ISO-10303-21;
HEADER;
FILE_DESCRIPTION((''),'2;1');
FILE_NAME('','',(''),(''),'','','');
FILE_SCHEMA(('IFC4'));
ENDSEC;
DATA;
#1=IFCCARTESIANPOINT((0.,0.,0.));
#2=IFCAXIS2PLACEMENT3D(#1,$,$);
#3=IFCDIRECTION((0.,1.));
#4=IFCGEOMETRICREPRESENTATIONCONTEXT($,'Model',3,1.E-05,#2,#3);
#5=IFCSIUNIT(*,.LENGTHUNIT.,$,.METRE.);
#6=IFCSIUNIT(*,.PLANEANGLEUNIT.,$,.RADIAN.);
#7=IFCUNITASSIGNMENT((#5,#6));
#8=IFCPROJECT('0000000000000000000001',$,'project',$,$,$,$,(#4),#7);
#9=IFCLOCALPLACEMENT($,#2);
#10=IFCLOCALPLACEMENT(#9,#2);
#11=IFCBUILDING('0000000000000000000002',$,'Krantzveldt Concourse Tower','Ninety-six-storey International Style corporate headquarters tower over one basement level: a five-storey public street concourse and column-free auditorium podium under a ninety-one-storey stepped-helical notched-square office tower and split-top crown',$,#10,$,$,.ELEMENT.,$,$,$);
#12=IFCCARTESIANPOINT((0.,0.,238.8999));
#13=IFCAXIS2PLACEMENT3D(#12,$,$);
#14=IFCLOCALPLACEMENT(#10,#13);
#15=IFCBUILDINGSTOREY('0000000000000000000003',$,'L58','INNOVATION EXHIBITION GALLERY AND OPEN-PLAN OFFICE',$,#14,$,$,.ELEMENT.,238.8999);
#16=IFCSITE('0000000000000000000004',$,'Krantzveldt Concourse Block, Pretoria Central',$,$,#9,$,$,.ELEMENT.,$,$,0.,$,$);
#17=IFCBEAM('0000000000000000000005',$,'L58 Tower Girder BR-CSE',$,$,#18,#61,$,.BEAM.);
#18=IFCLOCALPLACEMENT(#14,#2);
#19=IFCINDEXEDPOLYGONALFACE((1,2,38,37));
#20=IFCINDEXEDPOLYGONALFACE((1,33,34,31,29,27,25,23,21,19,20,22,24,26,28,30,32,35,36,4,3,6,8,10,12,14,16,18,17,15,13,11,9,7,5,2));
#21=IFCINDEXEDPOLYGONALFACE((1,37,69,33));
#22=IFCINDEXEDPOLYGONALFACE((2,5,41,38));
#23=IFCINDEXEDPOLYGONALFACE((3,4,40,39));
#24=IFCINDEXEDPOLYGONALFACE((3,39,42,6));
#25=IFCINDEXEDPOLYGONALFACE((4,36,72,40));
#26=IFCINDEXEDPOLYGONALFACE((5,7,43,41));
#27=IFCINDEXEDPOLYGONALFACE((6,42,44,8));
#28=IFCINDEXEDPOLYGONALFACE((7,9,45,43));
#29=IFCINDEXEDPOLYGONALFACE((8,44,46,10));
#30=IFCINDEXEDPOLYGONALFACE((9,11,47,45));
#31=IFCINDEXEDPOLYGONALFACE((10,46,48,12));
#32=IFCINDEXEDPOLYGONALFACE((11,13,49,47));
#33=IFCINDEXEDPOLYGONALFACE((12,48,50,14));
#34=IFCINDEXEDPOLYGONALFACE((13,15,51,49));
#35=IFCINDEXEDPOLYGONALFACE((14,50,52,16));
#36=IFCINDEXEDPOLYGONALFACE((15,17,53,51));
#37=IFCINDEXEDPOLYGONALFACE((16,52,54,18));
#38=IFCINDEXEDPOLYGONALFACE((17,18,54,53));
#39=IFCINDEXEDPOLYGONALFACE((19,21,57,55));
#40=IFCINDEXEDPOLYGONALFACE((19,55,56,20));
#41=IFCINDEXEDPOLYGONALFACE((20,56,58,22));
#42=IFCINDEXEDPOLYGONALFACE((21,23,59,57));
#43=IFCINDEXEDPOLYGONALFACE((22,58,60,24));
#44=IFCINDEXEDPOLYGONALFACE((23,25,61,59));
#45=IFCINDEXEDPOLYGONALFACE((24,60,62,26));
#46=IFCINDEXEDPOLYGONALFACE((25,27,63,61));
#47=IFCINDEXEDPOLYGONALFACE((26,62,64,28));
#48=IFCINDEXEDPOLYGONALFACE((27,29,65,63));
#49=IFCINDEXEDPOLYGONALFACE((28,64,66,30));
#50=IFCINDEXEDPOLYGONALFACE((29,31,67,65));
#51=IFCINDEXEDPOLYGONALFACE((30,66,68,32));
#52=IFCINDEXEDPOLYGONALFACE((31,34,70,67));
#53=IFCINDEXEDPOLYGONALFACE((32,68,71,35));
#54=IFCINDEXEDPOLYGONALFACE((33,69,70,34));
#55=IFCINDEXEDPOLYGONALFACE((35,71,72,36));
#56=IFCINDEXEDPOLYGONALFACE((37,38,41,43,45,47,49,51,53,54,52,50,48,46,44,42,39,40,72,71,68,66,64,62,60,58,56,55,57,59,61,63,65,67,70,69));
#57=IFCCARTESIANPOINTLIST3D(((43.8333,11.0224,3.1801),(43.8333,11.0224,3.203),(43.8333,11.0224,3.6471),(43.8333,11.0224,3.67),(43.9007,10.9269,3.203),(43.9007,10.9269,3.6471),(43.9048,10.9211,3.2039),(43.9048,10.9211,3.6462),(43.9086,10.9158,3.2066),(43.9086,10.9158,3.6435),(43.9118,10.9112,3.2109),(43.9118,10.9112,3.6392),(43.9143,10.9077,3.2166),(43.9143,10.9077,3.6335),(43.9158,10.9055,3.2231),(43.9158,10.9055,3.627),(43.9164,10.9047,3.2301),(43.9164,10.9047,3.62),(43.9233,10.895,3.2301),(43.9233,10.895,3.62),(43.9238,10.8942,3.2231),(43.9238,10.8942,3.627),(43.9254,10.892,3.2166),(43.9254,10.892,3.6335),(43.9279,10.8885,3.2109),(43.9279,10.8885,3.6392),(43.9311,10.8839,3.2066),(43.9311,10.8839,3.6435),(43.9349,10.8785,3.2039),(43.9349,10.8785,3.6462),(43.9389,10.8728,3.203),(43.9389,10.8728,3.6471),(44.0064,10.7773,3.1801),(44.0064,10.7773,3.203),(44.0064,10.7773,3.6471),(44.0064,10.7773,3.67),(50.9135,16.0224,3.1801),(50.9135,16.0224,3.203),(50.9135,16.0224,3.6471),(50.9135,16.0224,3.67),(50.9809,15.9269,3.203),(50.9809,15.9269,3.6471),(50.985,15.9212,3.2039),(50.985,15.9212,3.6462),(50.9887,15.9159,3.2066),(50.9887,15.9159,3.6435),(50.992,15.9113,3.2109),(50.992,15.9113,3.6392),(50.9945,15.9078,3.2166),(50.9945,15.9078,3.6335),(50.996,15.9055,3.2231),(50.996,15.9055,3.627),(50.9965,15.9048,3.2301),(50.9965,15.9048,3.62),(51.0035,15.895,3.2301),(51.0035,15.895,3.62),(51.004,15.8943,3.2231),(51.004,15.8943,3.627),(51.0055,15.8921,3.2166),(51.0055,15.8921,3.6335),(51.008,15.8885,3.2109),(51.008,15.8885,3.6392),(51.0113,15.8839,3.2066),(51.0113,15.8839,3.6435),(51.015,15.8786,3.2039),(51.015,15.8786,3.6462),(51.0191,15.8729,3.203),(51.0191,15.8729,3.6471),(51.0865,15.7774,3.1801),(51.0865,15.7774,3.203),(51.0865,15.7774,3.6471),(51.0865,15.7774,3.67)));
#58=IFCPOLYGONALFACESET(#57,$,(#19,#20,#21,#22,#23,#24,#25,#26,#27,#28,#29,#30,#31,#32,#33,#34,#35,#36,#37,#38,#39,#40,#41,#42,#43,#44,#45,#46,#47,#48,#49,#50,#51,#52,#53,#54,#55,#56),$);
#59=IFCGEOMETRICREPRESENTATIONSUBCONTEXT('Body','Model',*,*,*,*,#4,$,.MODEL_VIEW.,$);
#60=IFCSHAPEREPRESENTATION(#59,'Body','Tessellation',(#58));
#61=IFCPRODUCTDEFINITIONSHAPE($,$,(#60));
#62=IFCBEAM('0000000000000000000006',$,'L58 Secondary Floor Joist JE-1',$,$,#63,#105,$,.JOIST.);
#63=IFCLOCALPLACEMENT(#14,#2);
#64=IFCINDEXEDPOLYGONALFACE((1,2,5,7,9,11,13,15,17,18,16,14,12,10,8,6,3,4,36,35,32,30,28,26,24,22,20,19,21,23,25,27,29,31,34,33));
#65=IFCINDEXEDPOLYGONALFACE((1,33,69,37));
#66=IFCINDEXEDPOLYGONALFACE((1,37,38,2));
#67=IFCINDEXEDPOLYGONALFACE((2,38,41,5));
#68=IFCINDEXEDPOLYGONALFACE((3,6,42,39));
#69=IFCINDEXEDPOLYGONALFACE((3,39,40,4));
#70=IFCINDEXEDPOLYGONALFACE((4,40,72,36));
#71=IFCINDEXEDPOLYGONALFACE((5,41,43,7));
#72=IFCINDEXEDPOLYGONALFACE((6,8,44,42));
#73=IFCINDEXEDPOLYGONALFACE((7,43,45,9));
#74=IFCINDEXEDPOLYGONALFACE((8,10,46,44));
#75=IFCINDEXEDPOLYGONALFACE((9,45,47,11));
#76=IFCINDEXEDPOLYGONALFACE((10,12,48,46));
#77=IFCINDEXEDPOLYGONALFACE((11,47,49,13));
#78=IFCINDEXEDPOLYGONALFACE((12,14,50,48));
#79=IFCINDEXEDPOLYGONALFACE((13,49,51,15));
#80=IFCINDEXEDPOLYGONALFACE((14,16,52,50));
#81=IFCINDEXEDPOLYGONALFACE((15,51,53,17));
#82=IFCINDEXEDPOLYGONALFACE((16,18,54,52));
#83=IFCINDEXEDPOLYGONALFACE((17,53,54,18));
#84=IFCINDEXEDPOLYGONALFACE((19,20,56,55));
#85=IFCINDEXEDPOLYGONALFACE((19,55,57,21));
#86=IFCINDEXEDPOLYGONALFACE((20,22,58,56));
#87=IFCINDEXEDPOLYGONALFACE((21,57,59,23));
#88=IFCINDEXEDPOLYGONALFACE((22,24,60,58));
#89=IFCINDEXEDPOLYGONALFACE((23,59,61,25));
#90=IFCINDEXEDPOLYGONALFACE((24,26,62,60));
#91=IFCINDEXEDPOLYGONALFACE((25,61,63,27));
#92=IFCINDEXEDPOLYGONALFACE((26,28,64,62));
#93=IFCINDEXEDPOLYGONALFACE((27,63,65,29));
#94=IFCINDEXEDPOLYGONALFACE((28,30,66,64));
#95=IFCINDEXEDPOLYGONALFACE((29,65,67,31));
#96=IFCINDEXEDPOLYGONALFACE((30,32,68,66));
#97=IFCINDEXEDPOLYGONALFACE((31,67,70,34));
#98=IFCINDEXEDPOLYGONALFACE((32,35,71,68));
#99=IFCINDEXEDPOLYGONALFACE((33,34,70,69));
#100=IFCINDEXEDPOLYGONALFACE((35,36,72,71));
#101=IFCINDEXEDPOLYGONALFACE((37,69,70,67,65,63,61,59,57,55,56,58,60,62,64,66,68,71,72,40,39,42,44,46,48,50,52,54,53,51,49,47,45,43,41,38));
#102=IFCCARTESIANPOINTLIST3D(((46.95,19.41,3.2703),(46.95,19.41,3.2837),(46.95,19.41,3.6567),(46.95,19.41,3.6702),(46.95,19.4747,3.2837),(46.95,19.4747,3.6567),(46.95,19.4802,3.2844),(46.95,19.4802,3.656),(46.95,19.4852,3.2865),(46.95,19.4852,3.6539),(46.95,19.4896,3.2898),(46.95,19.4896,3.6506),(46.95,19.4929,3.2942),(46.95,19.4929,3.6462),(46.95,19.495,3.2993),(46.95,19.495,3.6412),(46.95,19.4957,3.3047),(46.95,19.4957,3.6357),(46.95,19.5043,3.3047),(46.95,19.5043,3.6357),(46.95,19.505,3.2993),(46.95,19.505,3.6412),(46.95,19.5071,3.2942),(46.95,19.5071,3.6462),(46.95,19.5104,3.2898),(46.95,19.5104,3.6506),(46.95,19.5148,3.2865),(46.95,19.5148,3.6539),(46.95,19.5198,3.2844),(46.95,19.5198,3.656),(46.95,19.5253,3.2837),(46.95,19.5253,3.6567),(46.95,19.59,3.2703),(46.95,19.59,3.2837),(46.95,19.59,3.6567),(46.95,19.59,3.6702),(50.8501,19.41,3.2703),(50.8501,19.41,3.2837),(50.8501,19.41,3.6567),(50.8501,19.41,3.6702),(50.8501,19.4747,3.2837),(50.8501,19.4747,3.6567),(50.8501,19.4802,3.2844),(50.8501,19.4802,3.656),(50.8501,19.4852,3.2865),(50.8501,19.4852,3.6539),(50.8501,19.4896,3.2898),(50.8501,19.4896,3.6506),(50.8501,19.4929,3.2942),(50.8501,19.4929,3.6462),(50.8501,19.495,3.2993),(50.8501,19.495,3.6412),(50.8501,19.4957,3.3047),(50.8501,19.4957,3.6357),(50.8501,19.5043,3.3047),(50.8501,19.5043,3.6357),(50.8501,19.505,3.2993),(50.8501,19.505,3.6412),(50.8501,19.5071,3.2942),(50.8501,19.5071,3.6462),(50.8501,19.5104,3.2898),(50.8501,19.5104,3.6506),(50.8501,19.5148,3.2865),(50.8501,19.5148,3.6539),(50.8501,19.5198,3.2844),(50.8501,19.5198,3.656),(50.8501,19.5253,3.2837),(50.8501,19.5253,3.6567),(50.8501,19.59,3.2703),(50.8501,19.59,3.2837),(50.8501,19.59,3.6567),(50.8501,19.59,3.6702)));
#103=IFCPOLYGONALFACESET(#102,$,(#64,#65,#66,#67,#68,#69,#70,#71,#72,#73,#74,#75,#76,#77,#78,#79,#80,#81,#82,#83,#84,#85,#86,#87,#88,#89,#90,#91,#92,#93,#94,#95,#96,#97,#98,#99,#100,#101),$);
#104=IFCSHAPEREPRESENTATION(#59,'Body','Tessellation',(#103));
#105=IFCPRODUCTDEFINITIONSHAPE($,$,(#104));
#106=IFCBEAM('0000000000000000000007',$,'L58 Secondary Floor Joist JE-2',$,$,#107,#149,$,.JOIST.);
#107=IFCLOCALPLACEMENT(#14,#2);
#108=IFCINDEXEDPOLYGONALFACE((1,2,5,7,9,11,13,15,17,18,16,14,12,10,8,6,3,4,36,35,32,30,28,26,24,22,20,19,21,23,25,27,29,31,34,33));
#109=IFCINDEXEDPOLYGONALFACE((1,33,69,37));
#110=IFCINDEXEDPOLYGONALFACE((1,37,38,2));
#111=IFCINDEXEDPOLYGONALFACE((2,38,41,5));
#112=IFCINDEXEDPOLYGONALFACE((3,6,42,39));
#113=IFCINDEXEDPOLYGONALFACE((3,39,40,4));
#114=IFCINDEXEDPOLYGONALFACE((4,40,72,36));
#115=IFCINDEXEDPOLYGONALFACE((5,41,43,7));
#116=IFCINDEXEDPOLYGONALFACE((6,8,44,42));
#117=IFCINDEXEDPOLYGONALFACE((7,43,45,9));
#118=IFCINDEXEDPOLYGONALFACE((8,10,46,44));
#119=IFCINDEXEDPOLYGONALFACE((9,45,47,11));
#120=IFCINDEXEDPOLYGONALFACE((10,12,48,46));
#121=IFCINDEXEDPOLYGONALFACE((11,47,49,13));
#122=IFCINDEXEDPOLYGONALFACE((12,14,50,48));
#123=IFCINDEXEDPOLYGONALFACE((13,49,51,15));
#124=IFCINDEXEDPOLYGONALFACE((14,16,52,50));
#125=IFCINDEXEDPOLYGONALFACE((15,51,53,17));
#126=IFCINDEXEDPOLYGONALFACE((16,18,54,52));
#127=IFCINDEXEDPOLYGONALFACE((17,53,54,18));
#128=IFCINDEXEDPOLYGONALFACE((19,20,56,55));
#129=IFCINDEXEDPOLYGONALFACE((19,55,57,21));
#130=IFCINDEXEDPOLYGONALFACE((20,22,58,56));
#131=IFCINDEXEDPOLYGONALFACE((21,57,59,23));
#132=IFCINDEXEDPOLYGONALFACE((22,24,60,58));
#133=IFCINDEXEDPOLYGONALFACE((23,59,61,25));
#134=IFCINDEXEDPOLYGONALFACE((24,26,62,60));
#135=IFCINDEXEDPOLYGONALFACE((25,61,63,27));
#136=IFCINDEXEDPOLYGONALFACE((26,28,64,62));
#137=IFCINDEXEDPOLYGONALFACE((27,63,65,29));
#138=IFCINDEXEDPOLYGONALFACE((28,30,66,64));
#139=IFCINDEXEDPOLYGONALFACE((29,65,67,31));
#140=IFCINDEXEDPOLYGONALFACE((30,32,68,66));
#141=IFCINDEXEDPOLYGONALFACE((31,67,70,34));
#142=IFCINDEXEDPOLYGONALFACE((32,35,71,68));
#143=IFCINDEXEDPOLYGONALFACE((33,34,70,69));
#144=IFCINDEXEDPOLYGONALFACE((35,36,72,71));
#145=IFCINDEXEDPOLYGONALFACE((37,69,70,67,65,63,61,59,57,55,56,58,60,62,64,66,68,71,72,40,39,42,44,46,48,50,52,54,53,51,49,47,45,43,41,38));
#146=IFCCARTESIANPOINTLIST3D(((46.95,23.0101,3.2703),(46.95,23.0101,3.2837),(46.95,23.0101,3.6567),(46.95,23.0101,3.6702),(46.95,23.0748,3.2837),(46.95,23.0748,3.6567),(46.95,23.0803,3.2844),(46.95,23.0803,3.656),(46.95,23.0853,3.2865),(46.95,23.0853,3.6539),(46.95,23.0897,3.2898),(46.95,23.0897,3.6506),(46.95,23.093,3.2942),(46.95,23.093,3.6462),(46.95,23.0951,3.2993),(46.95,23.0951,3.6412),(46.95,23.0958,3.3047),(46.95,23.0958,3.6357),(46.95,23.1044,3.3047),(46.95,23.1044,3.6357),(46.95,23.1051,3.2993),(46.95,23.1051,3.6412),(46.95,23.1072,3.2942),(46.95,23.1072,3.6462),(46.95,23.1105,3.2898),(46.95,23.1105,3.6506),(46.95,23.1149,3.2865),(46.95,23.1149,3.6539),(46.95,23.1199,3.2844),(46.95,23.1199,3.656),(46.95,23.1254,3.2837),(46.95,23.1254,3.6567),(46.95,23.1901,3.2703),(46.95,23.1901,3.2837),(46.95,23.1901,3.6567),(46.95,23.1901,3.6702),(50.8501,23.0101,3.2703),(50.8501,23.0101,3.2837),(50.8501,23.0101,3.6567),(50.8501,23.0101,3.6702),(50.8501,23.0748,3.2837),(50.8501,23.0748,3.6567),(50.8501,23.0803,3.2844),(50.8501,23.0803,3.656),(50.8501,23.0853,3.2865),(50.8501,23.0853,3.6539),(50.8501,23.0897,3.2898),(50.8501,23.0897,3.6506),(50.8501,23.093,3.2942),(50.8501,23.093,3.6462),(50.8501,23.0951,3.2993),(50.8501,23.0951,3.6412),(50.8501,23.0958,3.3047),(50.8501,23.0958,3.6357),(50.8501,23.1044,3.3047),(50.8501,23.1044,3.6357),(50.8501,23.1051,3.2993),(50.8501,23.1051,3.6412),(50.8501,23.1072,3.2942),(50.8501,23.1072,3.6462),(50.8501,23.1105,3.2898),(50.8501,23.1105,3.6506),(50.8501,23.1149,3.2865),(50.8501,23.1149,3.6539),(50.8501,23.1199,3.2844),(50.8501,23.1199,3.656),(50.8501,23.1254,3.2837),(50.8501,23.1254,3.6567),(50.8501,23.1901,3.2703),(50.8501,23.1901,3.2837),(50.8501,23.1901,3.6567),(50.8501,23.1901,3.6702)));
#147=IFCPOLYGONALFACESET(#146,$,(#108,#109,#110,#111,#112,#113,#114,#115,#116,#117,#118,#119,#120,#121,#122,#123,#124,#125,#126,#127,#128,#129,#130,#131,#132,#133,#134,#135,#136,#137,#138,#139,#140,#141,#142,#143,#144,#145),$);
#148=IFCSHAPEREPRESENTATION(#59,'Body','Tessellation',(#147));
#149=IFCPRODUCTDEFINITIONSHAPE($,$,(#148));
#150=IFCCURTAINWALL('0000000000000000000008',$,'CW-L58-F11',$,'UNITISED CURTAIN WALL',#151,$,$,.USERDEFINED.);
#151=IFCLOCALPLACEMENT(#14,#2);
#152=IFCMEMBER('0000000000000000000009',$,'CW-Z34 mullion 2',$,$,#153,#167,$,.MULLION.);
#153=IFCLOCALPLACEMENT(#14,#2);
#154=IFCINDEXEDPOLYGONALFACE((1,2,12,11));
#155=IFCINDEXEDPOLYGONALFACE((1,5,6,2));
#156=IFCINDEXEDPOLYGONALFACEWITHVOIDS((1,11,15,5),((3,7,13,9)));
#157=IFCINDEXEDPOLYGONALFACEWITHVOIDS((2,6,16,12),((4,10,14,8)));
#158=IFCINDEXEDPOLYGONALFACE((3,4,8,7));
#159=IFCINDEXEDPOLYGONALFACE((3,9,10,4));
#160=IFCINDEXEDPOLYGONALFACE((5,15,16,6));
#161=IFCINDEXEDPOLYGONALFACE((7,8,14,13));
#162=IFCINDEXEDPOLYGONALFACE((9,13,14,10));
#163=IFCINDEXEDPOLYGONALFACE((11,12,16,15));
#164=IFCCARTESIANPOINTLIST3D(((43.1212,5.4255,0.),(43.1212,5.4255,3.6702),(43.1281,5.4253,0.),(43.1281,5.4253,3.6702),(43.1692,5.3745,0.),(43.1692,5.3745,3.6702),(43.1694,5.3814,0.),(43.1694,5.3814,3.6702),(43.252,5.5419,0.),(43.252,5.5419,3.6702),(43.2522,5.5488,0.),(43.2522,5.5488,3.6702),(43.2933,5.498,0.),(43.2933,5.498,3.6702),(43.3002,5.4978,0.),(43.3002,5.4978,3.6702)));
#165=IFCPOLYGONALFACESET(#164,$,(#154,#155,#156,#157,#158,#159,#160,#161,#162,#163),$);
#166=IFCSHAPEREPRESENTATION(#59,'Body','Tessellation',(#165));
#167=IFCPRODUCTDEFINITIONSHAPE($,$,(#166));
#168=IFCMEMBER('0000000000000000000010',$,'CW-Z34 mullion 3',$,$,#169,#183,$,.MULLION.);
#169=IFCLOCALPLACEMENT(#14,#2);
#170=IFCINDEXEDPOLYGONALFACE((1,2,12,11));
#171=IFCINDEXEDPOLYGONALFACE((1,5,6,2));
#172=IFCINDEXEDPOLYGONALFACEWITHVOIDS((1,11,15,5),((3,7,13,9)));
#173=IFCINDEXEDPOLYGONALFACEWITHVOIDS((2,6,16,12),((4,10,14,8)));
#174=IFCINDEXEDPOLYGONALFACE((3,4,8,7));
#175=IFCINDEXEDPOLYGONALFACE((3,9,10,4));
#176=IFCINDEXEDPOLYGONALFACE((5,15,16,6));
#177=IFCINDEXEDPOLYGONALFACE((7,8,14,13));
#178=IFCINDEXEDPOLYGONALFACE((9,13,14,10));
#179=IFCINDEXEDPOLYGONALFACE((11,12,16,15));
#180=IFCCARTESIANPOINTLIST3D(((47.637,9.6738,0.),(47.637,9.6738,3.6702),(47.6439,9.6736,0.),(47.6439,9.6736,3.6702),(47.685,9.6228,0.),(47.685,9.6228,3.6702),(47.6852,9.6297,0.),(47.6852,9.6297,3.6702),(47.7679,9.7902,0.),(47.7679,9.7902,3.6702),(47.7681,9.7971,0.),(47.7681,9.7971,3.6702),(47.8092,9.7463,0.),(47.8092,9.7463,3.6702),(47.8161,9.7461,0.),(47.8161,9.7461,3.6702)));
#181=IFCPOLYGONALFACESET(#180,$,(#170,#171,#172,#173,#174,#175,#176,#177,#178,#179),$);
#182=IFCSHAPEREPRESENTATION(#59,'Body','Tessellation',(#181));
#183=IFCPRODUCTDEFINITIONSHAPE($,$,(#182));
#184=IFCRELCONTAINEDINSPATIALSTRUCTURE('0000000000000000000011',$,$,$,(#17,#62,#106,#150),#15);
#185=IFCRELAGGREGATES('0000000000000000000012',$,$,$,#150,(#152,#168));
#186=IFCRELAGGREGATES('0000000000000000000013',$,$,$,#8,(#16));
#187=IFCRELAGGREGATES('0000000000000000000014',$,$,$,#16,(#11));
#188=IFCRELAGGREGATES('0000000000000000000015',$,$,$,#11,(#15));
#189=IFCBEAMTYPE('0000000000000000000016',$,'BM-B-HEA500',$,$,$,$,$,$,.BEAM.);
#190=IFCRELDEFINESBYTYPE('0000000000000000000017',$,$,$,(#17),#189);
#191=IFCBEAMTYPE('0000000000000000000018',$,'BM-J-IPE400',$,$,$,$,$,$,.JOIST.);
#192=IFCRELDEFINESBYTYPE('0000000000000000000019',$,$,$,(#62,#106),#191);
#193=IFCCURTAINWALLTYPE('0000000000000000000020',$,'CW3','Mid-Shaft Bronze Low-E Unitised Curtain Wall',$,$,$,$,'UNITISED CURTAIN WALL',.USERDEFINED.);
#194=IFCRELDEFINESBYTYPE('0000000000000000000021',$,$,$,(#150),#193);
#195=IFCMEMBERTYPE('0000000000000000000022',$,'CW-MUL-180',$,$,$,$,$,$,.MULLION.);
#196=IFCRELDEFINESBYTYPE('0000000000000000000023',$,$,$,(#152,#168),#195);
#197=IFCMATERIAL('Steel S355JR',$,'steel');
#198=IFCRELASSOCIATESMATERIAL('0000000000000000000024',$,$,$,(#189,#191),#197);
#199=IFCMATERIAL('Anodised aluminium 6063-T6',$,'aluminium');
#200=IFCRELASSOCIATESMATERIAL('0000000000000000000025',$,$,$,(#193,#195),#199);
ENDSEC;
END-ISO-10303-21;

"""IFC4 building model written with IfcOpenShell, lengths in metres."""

from ifc_helpers import new_model, si_unit, direction, frame, origin, origin_2d, place, context, subcontext, project, spatial, hollow_rectangle, i_section, extrude, source, transform, mapped, material, material_profile, profile_set, type_object, type_shapes, element, aggregate, save


model = new_model("IFC4")

# Units and contexts
model_context = context("Model", 3, precision=1e-05, world=origin(), true_north=direction((0.0, 1.0)))
body_context = subcontext(model_context, "Body", "Model", "MODEL_VIEW")
ifc_project = project(units=[si_unit("LENGTHUNIT", "METRE"), si_unit("PLANEANGLEUNIT", "RADIAN")], contexts=[model_context])

# Site, building, storey
site_placement = place(None, origin())
site = spatial("IfcSite", under=ifc_project, at=site_placement, Name="Krantzveldt Concourse Block, Pretoria Central", CompositionType="ELEMENT", RefElevation=0.0)
building_placement = place(site_placement, origin())
building = spatial("IfcBuilding", under=site, at=building_placement, Name="Krantzveldt Concourse Tower", Description="Ninety-six-storey International Style corporate headquarters tower over one basement level: a five-storey public street concourse and column-free auditorium podium under a ninety-one-storey stepped-helical notched-square office tower and split-top crown", CompositionType="ELEMENT")
storey_placement = place(building_placement, frame((0.0, 0.0, 238.8999)))
storey = spatial("IfcBuildingStorey", under=building, at=storey_placement, Name="L58", Description="INNOVATION EXHIBITION GALLERY AND OPEN-PLAN OFFICE", CompositionType="ELEMENT", Elevation=238.8999)

# Beams
ifc_material_1 = material(Name="Steel S355JR", Category="steel")
ifc_material_profile_1 = material_profile(ifc_material_1, i_section(OverallWidth=0.3, OverallDepth=0.49, WebThickness=0.012, FlangeThickness=0.0229, FilletRadius=0.0271, at=origin_2d()), Name="Steel S355JR", Category="steel")
ifc_profile_set_1 = profile_set([ifc_material_profile_1], Name="Steel S355JR - HEA 500")
beam_type_1 = type_object("IfcBeamType", Name="BM-B-HEA500", PredefinedType="BEAM", material=ifc_profile_set_1)
shared_shape_1 = source(origin(), body_context, "Body", "SweptSolid", [
    extrude(i_section(OverallWidth=0.3, OverallDepth=0.49, WebThickness=0.012, FlangeThickness=0.0229, FilletRadius=0.0271, at=origin_2d()), origin(), (0.0, 0.0, 1.0), 8.6677),
])
beam_1_placement = place(storey_placement, frame((51.0, 15.8999, 3.425), z_axis=(-0.816843, -0.57686, 0.0), x_axis=(0.57686, -0.816843, 0.0)))
element("IfcBeam", 1, at=beam_1_placement, inside=storey, type_object=beam_type_1, Name="L58 Tower Girder BR-CSE", PredefinedType="BEAM", context=body_context, shape_type="MappedRepresentation", body=[
    mapped(shared_shape_1, transform((0.0, 0.0, 0.0), x_axis=(1.0, 0.0, 0.0), y_axis=(0.0, 1.0, 0.0), z_axis=(0.0, 0.0, 1.0), scale=1.0)),
])
ifc_material_profile_2 = material_profile(ifc_material_1, i_section(OverallWidth=0.1799, OverallDepth=0.3999, WebThickness=0.0085, FlangeThickness=0.0134, FilletRadius=0.021, at=origin_2d()), Name="Steel S355JR", Category="steel")
ifc_profile_set_2 = profile_set([ifc_material_profile_2], Name="Steel S355JR - IPE 400")
beam_type_2 = type_object("IfcBeamType", Name="BM-J-IPE400", PredefinedType="JOIST", material=ifc_profile_set_2)
shared_shape_2 = source(origin(), body_context, "Body", "SweptSolid", [
    extrude(i_section(OverallWidth=0.1799, OverallDepth=0.3999, WebThickness=0.0085, FlangeThickness=0.0134, FilletRadius=0.021, at=origin_2d()), origin(), (0.0, 0.0, 1.0), 3.9001),
])
type_shapes(beam_type_2, [shared_shape_2])
for number, where, z_axis, x_axis, name in (
    (2, (46.95, 19.5, 3.4702), (1.0, 0.0, 0.0), (0.0, 1.0, 0.0), "L58 Secondary Floor Joist JE-1"),
    (3, (46.95, 23.1001, 3.4702), (1.0, 0.0, 0.0), (0.0, 1.0, 0.0), "L58 Secondary Floor Joist JE-2"),
):
    element("IfcBeam", number, at=place(storey_placement, frame(where, z_axis=z_axis, x_axis=x_axis)), inside=storey, type_object=beam_type_2, Name=name, PredefinedType="JOIST", context=body_context, shape_type="MappedRepresentation", body=[
        mapped(shared_shape_2, transform((0.0, 0.0, 0.0), x_axis=(1.0, 0.0, 0.0), y_axis=(0.0, 1.0, 0.0), z_axis=(0.0, 0.0, 1.0), scale=1.0)),
    ])

# Curtain wall, members
ifc_material_2 = material(Name="Anodised aluminium 6063-T6", Category="aluminium")
curtain_wall_type = type_object("IfcCurtainWallType", Name="CW3", Description="Mid-Shaft Bronze Low-E Unitised Curtain Wall", ElementType="UNITISED CURTAIN WALL", PredefinedType="USERDEFINED", material=ifc_material_2)
curtain_wall_placement = place(storey_placement, origin())
curtain_wall = element("IfcCurtainWall", 4, at=curtain_wall_placement, inside=storey, type_object=curtain_wall_type, Name="CW-L58-F11", ObjectType="UNITISED CURTAIN WALL", PredefinedType="USERDEFINED")
ifc_material_profile_3 = material_profile(ifc_material_2, hollow_rectangle(XDim=0.0701, YDim=0.1799, WallThickness=0.0049, at=origin_2d()), Name="Anodised aluminium 6063-T6", Category="aluminium")
ifc_profile_set_3 = profile_set([ifc_material_profile_3], Name="Anodised aluminium 6063-T6 - ALU-MULL 180x70x5")
member_type_1 = type_object("IfcMemberType", Name="CW-MUL-180", PredefinedType="MULLION", material=ifc_profile_set_3)
shared_shape_3 = source(origin(), body_context, "Body", "SweptSolid", [
    extrude(hollow_rectangle(XDim=0.0701, YDim=0.1799, WallThickness=0.0049, at=origin_2d()), origin(), (0.0, 0.0, 1.0), 3.6702),
])
type_shapes(member_type_1, [shared_shape_3])
member_1_placement = place(storey_placement, frame((43.2107, 5.4617, 0.0), z_axis=(0.0, 0.0, 1.0), x_axis=(-0.685183, 0.728371, 0.0)))
member_1 = element("IfcMember", 5, at=member_1_placement, type_object=member_type_1, Name="CW-Z34 mullion 2", PredefinedType="MULLION", context=body_context, shape_type="MappedRepresentation", body=[
    mapped(shared_shape_3, transform((0.0, 0.0, 0.0), x_axis=(1.0, 0.0, 0.0), y_axis=(0.0, 1.0, 0.0), z_axis=(0.0, 0.0, 1.0), scale=1.0)),
])
member_2_placement = place(storey_placement, frame((47.7266, 9.71, 0.0), z_axis=(0.0, 0.0, 1.0), x_axis=(-0.685183, 0.728371, 0.0)))
member_2 = element("IfcMember", 6, at=member_2_placement, type_object=member_type_1, Name="CW-Z34 mullion 3", PredefinedType="MULLION", context=body_context, shape_type="MappedRepresentation", body=[
    mapped(shared_shape_3, transform((0.0, 0.0, 0.0), x_axis=(1.0, 0.0, 0.0), y_axis=(0.0, 1.0, 0.0), z_axis=(0.0, 0.0, 1.0), scale=1.0)),
])
aggregate(curtain_wall, [member_1, member_2])

save(model, "model.ifc")
